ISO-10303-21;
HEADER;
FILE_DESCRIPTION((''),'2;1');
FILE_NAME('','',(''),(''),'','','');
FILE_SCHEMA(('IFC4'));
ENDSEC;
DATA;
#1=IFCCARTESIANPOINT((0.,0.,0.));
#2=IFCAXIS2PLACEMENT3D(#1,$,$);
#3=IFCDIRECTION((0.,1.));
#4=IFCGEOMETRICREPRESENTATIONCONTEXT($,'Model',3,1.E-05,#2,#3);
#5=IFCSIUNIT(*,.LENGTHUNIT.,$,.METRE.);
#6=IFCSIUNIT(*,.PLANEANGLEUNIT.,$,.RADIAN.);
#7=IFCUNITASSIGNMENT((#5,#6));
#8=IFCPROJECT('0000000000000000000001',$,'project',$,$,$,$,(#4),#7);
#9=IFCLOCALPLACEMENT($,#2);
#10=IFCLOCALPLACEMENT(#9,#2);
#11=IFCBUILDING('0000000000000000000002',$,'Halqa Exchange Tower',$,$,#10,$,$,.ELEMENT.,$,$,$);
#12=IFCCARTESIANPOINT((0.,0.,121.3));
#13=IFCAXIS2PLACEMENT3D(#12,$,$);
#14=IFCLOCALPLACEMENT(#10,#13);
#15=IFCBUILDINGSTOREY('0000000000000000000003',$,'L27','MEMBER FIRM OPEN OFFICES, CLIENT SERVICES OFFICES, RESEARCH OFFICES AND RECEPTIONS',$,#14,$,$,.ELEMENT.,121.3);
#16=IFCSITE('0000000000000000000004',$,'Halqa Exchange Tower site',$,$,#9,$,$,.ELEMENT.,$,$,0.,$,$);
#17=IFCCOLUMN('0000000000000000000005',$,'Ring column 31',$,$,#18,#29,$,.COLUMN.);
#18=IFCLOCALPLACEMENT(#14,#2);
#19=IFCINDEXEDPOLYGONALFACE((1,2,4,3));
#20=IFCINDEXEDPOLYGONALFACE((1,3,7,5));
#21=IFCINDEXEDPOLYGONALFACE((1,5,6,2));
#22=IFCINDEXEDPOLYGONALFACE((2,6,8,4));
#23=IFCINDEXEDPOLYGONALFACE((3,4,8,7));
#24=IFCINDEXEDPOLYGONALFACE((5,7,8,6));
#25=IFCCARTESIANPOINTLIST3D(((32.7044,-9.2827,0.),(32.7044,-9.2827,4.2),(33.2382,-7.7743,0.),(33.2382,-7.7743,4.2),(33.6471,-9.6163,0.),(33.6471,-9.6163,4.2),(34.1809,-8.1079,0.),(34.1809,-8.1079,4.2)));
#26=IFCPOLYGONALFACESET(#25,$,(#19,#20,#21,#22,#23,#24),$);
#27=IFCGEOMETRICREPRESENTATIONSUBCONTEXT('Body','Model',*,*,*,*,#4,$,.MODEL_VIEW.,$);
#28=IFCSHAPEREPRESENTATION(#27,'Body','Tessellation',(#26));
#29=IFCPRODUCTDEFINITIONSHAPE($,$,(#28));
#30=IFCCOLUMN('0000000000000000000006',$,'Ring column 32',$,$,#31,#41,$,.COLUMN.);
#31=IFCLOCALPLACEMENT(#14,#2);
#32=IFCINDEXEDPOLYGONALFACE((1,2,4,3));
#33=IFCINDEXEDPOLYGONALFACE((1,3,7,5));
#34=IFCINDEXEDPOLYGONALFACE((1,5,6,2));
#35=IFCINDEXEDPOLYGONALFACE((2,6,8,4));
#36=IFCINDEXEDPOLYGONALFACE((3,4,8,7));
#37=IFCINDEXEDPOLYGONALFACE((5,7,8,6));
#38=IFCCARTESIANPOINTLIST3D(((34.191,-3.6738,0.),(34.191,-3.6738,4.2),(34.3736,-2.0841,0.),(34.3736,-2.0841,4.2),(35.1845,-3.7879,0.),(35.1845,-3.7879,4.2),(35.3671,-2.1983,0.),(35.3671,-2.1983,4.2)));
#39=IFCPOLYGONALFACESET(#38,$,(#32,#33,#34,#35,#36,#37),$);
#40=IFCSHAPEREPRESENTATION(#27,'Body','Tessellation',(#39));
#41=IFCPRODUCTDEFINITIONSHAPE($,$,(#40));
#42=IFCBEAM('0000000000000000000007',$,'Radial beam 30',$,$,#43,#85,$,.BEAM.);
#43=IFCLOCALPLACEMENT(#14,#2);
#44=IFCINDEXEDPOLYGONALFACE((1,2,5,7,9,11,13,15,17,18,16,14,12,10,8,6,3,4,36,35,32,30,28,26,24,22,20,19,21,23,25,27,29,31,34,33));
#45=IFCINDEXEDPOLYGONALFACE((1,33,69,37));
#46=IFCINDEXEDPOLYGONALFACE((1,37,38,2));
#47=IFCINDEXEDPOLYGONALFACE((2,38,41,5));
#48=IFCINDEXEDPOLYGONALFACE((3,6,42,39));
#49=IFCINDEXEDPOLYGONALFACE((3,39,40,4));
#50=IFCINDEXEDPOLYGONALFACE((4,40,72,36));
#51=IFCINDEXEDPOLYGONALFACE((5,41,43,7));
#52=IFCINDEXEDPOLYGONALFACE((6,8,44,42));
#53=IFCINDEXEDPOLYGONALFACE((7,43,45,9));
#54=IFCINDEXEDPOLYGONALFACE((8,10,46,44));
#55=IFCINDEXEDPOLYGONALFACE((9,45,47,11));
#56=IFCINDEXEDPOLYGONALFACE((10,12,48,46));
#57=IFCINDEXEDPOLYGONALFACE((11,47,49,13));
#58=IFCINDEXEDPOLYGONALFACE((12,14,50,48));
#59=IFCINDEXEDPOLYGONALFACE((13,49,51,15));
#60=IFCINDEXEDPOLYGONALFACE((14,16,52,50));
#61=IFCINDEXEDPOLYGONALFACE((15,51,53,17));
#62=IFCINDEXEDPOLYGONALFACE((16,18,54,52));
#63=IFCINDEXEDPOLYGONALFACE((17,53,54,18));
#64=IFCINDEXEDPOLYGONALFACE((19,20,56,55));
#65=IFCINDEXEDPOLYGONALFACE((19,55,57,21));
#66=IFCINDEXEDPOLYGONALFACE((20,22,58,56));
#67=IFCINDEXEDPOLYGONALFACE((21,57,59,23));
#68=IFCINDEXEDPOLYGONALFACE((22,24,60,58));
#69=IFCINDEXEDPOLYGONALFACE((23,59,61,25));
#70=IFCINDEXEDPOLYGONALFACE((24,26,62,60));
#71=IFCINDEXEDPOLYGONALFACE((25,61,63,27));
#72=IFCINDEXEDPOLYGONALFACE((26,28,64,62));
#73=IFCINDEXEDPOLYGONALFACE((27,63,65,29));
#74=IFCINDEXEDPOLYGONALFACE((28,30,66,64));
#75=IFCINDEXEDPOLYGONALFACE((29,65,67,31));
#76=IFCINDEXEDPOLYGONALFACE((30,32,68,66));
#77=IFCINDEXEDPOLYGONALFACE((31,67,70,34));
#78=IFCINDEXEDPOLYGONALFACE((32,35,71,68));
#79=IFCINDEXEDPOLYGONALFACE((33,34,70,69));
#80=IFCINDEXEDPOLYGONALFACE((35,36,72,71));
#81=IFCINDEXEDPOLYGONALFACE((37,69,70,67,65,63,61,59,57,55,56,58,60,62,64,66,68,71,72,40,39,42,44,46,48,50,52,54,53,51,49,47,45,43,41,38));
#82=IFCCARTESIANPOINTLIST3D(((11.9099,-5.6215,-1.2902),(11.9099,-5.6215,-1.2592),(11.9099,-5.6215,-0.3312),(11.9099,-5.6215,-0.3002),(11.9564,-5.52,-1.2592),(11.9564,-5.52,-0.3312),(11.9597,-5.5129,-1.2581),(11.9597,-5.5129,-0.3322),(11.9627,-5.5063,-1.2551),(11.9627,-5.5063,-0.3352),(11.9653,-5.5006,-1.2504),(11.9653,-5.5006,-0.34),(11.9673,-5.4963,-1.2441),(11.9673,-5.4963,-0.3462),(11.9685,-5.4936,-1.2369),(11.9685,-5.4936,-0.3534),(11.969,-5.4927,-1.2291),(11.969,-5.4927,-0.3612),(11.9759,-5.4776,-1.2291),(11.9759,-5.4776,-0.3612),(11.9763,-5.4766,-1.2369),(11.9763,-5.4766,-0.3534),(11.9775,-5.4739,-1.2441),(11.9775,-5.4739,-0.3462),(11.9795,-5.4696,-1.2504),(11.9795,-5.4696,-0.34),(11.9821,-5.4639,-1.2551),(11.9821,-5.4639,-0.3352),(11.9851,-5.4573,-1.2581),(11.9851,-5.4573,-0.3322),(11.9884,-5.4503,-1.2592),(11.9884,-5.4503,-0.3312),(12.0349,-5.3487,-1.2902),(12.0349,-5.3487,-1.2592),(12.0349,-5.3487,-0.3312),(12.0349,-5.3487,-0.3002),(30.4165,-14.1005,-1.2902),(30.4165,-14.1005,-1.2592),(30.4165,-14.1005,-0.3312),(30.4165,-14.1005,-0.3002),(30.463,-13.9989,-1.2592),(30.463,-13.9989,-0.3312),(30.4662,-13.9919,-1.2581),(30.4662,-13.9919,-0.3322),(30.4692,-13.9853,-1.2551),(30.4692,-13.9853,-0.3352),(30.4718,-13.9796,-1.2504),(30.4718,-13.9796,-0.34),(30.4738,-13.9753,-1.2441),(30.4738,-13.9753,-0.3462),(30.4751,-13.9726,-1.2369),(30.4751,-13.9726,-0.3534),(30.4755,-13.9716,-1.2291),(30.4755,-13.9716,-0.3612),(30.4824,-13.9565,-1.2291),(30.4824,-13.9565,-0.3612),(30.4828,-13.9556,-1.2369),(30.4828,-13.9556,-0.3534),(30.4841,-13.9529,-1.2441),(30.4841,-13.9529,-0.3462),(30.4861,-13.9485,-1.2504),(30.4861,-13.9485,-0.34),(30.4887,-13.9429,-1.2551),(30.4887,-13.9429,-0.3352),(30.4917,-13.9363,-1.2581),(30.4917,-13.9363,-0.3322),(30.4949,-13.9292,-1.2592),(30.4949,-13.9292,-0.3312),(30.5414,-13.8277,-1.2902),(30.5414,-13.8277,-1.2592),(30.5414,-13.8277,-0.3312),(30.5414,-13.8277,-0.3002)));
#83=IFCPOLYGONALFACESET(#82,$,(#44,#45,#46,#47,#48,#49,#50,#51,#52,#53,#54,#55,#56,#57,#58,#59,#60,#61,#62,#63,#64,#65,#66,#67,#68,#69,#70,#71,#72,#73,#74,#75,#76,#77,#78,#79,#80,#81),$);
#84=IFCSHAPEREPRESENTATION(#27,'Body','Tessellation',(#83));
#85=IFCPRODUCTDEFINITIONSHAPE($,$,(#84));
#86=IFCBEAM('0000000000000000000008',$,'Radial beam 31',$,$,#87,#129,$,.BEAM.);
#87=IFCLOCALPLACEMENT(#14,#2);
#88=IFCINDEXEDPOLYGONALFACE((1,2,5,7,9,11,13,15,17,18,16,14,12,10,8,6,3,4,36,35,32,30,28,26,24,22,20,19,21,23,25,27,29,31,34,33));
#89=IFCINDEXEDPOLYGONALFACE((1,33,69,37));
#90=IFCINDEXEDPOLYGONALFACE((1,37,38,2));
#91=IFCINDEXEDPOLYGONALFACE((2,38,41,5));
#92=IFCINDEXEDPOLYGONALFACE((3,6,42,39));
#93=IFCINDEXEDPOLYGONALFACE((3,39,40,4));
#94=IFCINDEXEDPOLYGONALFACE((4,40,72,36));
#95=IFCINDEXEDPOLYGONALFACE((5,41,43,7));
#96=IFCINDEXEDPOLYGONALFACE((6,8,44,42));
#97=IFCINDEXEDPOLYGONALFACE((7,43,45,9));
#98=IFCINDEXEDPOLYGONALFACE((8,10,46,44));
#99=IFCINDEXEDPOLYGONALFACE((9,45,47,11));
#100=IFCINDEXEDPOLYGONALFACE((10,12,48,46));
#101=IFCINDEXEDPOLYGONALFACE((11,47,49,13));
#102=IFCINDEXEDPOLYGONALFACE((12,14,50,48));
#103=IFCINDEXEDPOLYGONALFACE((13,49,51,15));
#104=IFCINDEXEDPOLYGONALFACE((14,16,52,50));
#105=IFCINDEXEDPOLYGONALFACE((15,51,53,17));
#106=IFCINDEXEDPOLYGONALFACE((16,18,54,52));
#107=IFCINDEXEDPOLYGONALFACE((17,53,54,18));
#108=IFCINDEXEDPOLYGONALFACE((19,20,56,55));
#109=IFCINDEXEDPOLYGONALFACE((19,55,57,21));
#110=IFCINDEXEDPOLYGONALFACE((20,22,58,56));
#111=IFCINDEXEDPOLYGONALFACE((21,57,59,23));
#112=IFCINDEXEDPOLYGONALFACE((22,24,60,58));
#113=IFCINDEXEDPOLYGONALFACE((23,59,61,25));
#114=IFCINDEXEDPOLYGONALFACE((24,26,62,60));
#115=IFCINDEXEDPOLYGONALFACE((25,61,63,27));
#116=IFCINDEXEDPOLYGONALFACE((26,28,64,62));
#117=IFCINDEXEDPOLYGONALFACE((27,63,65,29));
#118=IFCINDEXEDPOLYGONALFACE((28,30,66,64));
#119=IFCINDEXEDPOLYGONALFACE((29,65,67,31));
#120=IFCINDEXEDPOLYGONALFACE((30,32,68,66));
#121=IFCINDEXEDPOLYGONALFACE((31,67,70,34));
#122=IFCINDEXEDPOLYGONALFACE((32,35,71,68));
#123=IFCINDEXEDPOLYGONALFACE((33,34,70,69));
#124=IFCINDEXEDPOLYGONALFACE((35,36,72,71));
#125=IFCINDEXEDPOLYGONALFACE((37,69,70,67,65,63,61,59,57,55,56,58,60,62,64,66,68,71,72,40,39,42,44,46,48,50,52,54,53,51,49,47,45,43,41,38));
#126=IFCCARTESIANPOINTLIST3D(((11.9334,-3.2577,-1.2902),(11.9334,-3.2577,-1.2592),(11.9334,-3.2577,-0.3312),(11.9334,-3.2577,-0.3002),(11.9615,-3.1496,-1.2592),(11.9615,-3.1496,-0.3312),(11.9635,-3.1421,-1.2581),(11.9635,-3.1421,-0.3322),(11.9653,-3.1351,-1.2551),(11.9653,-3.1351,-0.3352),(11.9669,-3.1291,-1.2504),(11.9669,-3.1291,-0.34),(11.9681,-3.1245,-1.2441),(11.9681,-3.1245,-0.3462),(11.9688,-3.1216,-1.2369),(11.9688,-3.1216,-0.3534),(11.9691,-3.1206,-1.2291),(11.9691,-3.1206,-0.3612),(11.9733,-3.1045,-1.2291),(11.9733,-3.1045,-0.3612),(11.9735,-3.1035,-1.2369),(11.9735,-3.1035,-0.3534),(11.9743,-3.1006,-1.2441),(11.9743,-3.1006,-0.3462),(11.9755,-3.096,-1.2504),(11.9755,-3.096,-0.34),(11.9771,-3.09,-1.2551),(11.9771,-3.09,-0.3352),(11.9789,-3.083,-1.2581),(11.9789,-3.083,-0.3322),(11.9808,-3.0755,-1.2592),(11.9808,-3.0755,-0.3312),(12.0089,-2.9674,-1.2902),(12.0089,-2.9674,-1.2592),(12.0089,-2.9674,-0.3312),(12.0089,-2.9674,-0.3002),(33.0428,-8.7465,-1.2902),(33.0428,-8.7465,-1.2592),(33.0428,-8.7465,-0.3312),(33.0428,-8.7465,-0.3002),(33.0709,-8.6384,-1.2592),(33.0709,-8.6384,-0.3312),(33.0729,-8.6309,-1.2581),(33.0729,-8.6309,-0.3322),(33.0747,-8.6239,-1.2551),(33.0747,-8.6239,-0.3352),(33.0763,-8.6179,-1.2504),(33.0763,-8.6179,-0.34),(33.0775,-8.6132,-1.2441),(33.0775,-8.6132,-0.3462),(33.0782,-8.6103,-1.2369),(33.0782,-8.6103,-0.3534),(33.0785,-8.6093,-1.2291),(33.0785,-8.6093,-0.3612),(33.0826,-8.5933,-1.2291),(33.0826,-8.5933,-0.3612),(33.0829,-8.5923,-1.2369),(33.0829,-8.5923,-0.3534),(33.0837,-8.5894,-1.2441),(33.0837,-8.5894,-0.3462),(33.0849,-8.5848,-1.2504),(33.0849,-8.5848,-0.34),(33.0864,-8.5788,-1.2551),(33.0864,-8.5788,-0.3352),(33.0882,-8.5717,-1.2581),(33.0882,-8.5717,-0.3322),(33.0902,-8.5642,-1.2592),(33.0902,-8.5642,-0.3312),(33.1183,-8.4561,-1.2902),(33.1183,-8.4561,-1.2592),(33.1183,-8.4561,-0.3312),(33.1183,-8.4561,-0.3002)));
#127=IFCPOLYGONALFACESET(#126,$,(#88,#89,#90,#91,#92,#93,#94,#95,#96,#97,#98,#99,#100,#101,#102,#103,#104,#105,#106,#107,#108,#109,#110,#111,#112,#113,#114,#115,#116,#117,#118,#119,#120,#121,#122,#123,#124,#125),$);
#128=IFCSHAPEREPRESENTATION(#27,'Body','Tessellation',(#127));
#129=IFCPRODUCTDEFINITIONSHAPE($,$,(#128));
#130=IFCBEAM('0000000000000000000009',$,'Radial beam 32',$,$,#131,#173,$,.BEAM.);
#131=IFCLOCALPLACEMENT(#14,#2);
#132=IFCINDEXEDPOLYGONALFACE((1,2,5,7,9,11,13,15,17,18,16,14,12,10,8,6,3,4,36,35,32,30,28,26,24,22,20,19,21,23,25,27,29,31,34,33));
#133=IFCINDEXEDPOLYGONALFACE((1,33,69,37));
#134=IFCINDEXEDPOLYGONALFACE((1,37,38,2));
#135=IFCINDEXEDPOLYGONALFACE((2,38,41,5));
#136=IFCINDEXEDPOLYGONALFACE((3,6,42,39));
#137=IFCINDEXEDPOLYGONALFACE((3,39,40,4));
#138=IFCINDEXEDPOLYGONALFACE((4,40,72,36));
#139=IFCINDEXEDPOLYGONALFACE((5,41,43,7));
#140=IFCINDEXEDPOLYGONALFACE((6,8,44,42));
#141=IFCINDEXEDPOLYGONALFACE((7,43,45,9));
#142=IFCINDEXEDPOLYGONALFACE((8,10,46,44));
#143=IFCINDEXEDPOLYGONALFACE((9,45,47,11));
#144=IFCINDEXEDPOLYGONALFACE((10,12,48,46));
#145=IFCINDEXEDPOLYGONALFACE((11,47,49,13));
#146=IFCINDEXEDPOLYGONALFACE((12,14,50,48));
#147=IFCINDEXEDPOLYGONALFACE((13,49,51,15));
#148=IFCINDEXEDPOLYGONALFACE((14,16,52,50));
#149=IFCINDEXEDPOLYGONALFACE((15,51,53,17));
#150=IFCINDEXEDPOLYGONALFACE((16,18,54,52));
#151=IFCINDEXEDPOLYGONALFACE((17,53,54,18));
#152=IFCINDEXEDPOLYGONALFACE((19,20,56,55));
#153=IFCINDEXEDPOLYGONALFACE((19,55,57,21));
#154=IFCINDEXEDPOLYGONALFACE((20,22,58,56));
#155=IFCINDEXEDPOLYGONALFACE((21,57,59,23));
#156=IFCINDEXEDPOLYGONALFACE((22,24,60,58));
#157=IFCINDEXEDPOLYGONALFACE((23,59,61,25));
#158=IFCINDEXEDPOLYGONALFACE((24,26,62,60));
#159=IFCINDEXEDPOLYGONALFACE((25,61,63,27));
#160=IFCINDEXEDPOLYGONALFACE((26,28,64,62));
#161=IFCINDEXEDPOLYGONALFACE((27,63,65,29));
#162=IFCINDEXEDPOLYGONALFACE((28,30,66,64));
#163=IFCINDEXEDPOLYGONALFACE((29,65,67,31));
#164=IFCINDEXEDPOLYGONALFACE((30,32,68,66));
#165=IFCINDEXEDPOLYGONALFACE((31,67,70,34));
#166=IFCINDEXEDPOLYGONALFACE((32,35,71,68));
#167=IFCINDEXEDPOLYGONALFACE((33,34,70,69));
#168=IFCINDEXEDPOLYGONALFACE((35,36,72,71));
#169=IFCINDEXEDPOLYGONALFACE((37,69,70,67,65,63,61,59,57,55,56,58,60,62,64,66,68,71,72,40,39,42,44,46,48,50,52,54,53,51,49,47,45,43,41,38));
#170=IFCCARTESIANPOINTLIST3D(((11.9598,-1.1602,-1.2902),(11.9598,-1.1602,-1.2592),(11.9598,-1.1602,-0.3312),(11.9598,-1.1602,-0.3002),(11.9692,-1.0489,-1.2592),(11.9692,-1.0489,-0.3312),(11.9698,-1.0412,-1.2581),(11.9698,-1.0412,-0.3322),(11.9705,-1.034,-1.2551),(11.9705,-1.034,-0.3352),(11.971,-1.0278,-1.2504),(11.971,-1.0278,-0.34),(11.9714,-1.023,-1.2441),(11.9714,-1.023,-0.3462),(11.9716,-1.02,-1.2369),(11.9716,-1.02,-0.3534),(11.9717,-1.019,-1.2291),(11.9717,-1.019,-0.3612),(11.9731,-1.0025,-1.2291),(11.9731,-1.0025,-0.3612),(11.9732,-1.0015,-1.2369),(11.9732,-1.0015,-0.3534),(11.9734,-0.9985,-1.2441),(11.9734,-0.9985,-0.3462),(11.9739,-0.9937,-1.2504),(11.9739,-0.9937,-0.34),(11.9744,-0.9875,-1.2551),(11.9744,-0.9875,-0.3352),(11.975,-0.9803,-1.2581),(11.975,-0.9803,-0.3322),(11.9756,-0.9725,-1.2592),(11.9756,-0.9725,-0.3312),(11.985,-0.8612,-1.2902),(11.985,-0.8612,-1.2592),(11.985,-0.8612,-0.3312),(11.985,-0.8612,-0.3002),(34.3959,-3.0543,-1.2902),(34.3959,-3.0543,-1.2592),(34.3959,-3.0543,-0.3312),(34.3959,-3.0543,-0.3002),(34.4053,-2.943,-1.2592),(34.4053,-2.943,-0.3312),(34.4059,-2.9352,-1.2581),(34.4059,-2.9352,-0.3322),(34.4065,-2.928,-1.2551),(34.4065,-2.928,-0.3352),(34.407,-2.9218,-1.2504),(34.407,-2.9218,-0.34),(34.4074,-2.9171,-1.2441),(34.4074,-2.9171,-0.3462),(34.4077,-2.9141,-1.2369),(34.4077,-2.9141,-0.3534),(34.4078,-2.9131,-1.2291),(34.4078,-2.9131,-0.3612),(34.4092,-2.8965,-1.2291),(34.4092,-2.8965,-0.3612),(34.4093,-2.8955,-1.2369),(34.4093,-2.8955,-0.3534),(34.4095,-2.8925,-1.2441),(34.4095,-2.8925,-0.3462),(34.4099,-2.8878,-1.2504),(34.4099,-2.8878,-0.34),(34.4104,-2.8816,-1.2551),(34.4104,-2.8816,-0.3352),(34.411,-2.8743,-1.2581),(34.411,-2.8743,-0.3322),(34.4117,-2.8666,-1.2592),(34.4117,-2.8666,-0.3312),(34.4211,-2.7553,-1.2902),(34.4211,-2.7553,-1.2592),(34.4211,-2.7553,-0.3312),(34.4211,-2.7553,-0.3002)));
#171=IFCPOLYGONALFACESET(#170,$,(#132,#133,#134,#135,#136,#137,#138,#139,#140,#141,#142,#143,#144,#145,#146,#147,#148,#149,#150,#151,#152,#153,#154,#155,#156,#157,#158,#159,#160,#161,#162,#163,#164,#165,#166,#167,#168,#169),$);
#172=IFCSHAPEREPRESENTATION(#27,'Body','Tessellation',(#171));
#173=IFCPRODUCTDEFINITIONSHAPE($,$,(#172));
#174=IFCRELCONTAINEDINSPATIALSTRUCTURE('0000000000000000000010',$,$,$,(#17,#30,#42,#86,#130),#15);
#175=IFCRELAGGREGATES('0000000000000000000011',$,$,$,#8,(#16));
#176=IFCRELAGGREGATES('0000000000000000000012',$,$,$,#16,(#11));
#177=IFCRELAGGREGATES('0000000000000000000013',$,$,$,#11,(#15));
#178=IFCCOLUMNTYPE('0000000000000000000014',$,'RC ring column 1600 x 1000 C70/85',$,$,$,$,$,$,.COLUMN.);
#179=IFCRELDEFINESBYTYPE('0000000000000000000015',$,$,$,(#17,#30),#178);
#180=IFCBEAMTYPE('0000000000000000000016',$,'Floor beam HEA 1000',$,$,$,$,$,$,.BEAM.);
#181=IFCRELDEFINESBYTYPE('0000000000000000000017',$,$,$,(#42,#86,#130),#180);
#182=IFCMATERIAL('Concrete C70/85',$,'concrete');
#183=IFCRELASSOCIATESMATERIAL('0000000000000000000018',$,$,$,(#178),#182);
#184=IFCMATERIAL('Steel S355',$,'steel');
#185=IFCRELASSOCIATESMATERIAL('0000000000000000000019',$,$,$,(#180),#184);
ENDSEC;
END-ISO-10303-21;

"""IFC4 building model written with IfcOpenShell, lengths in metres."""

from ifc_helpers import new_model, si_unit, direction, frame, origin, origin_2d, place, context, subcontext, project, spatial, rectangle, i_section, extrude, material, material_profile, profile_set, type_object, element, save


model = new_model("IFC4")

# Units and contexts
model_context = context("Model", 3, precision=1e-05, world=origin(), true_north=direction((0.0, 1.0)))
body_context = subcontext(model_context, "Body", "Model", "MODEL_VIEW")
ifc_project = project(units=[si_unit("LENGTHUNIT", "METRE"), si_unit("PLANEANGLEUNIT", "RADIAN")], contexts=[model_context])

# Site, building, storey
site_placement = place(None, origin())
site = spatial("IfcSite", under=ifc_project, at=site_placement, Name="Halqa Exchange Tower site", CompositionType="ELEMENT", RefElevation=0.0)
building_placement = place(site_placement, origin())
building = spatial("IfcBuilding", under=site, at=building_placement, Name="Halqa Exchange Tower", CompositionType="ELEMENT")
storey_placement = place(building_placement, frame((0.0, 0.0, 121.3)))
storey = spatial("IfcBuildingStorey", under=building, at=storey_placement, Name="L27", Description="MEMBER FIRM OPEN OFFICES, CLIENT SERVICES OFFICES, RESEARCH OFFICES AND RECEPTIONS", CompositionType="ELEMENT", Elevation=121.3)

# Columns
ifc_material_1 = material(Name="Concrete C70/85", Category="concrete")
ifc_material_profile_1 = material_profile(ifc_material_1, rectangle(XDim=1.6001, YDim=1.0, at=origin_2d()), Name="1600 x 1000")
ifc_profile_set_1 = profile_set([ifc_material_profile_1], Name="Concrete C70/85")
column_type = type_object("IfcColumnType", Name="RC ring column 1600 x 1000 C70/85", PredefinedType="COLUMN", material=ifc_profile_set_1)
for number, where, z_axis, x_axis, name in (
    (1, (33.4426, -8.6953, 0.0), (0.0, 0.0, 1.0), (0.333624, 0.942706, 0.0), "Ring column 31"),
    (2, (34.7791, -2.936, 0.0), (0.0, 0.0, 1.0), (0.114152, 0.993463, 0.0), "Ring column 32"),
):
    element("IfcColumn", number, at=place(storey_placement, frame(where, z_axis=z_axis, x_axis=x_axis)), inside=storey, type_object=column_type, Name=name, PredefinedType="COLUMN", context=body_context, shape_type="SweptSolid", body=[
        extrude(rectangle(XDim=1.6001, YDim=1.0, at=origin_2d()), origin(), (0.0, 0.0, 1.0), 4.2),
    ])

# Beams
ifc_material_2 = material(Name="Steel S355", Category="steel")
ifc_material_profile_2 = material_profile(ifc_material_2, i_section(OverallWidth=0.3, OverallDepth=0.99, WebThickness=0.0166, FlangeThickness=0.031, FilletRadius=0.03, at=origin_2d()), Name="HEA 1000")
ifc_profile_set_2 = profile_set([ifc_material_profile_2], Name="Steel S355")
beam_type_1 = type_object("IfcBeamType", Name="Floor beam HEA 1000", PredefinedType="BEAM", material=ifc_profile_set_2)
beam_1_placement = place(storey_placement, frame((11.9724, -5.4851, -0.7952), z_axis=(0.909124, -0.416525, 0.0), x_axis=(0.416525, 0.909124, 0.0)))
element("IfcBeam", 3, at=beam_1_placement, inside=storey, type_object=beam_type_1, Name="Radial beam 30", PredefinedType="BEAM", context=body_context, shape_type="SweptSolid", body=[
    extrude(i_section(OverallWidth=0.3, OverallDepth=0.99, WebThickness=0.0166, FlangeThickness=0.031, FilletRadius=0.03, at=origin_2d()), origin(), (0.0, 0.0, 1.0), 20.3564),
])
beam_2_placement = place(storey_placement, frame((11.9712, -3.1125, -0.7952), z_axis=(0.967819, -0.251648, 0.0), x_axis=(0.251648, 0.967819, 0.0)))
element("IfcBeam", 4, at=beam_2_placement, inside=storey, type_object=beam_type_1, Name="Radial beam 31", PredefinedType="BEAM", context=body_context, shape_type="SweptSolid", body=[
    extrude(i_section(OverallWidth=0.3, OverallDepth=0.99, WebThickness=0.0166, FlangeThickness=0.031, FilletRadius=0.03, at=origin_2d()), origin(), (0.0, 0.0, 1.0), 21.8113),
])
beam_3_placement = place(storey_placement, frame((11.9724, -1.0107, -0.7952), z_axis=(0.996456, -0.08412, 0.0), x_axis=(0.08412, 0.996456, 0.0)))
element("IfcBeam", 5, at=beam_3_placement, inside=storey, type_object=beam_type_1, Name="Radial beam 32", PredefinedType="BEAM", context=body_context, shape_type="SweptSolid", body=[
    extrude(i_section(OverallWidth=0.3, OverallDepth=0.99, WebThickness=0.0166, FlangeThickness=0.031, FilletRadius=0.03, at=origin_2d()), origin(), (0.0, 0.0, 1.0), 22.5159),
])

save(model, "model.ifc")
